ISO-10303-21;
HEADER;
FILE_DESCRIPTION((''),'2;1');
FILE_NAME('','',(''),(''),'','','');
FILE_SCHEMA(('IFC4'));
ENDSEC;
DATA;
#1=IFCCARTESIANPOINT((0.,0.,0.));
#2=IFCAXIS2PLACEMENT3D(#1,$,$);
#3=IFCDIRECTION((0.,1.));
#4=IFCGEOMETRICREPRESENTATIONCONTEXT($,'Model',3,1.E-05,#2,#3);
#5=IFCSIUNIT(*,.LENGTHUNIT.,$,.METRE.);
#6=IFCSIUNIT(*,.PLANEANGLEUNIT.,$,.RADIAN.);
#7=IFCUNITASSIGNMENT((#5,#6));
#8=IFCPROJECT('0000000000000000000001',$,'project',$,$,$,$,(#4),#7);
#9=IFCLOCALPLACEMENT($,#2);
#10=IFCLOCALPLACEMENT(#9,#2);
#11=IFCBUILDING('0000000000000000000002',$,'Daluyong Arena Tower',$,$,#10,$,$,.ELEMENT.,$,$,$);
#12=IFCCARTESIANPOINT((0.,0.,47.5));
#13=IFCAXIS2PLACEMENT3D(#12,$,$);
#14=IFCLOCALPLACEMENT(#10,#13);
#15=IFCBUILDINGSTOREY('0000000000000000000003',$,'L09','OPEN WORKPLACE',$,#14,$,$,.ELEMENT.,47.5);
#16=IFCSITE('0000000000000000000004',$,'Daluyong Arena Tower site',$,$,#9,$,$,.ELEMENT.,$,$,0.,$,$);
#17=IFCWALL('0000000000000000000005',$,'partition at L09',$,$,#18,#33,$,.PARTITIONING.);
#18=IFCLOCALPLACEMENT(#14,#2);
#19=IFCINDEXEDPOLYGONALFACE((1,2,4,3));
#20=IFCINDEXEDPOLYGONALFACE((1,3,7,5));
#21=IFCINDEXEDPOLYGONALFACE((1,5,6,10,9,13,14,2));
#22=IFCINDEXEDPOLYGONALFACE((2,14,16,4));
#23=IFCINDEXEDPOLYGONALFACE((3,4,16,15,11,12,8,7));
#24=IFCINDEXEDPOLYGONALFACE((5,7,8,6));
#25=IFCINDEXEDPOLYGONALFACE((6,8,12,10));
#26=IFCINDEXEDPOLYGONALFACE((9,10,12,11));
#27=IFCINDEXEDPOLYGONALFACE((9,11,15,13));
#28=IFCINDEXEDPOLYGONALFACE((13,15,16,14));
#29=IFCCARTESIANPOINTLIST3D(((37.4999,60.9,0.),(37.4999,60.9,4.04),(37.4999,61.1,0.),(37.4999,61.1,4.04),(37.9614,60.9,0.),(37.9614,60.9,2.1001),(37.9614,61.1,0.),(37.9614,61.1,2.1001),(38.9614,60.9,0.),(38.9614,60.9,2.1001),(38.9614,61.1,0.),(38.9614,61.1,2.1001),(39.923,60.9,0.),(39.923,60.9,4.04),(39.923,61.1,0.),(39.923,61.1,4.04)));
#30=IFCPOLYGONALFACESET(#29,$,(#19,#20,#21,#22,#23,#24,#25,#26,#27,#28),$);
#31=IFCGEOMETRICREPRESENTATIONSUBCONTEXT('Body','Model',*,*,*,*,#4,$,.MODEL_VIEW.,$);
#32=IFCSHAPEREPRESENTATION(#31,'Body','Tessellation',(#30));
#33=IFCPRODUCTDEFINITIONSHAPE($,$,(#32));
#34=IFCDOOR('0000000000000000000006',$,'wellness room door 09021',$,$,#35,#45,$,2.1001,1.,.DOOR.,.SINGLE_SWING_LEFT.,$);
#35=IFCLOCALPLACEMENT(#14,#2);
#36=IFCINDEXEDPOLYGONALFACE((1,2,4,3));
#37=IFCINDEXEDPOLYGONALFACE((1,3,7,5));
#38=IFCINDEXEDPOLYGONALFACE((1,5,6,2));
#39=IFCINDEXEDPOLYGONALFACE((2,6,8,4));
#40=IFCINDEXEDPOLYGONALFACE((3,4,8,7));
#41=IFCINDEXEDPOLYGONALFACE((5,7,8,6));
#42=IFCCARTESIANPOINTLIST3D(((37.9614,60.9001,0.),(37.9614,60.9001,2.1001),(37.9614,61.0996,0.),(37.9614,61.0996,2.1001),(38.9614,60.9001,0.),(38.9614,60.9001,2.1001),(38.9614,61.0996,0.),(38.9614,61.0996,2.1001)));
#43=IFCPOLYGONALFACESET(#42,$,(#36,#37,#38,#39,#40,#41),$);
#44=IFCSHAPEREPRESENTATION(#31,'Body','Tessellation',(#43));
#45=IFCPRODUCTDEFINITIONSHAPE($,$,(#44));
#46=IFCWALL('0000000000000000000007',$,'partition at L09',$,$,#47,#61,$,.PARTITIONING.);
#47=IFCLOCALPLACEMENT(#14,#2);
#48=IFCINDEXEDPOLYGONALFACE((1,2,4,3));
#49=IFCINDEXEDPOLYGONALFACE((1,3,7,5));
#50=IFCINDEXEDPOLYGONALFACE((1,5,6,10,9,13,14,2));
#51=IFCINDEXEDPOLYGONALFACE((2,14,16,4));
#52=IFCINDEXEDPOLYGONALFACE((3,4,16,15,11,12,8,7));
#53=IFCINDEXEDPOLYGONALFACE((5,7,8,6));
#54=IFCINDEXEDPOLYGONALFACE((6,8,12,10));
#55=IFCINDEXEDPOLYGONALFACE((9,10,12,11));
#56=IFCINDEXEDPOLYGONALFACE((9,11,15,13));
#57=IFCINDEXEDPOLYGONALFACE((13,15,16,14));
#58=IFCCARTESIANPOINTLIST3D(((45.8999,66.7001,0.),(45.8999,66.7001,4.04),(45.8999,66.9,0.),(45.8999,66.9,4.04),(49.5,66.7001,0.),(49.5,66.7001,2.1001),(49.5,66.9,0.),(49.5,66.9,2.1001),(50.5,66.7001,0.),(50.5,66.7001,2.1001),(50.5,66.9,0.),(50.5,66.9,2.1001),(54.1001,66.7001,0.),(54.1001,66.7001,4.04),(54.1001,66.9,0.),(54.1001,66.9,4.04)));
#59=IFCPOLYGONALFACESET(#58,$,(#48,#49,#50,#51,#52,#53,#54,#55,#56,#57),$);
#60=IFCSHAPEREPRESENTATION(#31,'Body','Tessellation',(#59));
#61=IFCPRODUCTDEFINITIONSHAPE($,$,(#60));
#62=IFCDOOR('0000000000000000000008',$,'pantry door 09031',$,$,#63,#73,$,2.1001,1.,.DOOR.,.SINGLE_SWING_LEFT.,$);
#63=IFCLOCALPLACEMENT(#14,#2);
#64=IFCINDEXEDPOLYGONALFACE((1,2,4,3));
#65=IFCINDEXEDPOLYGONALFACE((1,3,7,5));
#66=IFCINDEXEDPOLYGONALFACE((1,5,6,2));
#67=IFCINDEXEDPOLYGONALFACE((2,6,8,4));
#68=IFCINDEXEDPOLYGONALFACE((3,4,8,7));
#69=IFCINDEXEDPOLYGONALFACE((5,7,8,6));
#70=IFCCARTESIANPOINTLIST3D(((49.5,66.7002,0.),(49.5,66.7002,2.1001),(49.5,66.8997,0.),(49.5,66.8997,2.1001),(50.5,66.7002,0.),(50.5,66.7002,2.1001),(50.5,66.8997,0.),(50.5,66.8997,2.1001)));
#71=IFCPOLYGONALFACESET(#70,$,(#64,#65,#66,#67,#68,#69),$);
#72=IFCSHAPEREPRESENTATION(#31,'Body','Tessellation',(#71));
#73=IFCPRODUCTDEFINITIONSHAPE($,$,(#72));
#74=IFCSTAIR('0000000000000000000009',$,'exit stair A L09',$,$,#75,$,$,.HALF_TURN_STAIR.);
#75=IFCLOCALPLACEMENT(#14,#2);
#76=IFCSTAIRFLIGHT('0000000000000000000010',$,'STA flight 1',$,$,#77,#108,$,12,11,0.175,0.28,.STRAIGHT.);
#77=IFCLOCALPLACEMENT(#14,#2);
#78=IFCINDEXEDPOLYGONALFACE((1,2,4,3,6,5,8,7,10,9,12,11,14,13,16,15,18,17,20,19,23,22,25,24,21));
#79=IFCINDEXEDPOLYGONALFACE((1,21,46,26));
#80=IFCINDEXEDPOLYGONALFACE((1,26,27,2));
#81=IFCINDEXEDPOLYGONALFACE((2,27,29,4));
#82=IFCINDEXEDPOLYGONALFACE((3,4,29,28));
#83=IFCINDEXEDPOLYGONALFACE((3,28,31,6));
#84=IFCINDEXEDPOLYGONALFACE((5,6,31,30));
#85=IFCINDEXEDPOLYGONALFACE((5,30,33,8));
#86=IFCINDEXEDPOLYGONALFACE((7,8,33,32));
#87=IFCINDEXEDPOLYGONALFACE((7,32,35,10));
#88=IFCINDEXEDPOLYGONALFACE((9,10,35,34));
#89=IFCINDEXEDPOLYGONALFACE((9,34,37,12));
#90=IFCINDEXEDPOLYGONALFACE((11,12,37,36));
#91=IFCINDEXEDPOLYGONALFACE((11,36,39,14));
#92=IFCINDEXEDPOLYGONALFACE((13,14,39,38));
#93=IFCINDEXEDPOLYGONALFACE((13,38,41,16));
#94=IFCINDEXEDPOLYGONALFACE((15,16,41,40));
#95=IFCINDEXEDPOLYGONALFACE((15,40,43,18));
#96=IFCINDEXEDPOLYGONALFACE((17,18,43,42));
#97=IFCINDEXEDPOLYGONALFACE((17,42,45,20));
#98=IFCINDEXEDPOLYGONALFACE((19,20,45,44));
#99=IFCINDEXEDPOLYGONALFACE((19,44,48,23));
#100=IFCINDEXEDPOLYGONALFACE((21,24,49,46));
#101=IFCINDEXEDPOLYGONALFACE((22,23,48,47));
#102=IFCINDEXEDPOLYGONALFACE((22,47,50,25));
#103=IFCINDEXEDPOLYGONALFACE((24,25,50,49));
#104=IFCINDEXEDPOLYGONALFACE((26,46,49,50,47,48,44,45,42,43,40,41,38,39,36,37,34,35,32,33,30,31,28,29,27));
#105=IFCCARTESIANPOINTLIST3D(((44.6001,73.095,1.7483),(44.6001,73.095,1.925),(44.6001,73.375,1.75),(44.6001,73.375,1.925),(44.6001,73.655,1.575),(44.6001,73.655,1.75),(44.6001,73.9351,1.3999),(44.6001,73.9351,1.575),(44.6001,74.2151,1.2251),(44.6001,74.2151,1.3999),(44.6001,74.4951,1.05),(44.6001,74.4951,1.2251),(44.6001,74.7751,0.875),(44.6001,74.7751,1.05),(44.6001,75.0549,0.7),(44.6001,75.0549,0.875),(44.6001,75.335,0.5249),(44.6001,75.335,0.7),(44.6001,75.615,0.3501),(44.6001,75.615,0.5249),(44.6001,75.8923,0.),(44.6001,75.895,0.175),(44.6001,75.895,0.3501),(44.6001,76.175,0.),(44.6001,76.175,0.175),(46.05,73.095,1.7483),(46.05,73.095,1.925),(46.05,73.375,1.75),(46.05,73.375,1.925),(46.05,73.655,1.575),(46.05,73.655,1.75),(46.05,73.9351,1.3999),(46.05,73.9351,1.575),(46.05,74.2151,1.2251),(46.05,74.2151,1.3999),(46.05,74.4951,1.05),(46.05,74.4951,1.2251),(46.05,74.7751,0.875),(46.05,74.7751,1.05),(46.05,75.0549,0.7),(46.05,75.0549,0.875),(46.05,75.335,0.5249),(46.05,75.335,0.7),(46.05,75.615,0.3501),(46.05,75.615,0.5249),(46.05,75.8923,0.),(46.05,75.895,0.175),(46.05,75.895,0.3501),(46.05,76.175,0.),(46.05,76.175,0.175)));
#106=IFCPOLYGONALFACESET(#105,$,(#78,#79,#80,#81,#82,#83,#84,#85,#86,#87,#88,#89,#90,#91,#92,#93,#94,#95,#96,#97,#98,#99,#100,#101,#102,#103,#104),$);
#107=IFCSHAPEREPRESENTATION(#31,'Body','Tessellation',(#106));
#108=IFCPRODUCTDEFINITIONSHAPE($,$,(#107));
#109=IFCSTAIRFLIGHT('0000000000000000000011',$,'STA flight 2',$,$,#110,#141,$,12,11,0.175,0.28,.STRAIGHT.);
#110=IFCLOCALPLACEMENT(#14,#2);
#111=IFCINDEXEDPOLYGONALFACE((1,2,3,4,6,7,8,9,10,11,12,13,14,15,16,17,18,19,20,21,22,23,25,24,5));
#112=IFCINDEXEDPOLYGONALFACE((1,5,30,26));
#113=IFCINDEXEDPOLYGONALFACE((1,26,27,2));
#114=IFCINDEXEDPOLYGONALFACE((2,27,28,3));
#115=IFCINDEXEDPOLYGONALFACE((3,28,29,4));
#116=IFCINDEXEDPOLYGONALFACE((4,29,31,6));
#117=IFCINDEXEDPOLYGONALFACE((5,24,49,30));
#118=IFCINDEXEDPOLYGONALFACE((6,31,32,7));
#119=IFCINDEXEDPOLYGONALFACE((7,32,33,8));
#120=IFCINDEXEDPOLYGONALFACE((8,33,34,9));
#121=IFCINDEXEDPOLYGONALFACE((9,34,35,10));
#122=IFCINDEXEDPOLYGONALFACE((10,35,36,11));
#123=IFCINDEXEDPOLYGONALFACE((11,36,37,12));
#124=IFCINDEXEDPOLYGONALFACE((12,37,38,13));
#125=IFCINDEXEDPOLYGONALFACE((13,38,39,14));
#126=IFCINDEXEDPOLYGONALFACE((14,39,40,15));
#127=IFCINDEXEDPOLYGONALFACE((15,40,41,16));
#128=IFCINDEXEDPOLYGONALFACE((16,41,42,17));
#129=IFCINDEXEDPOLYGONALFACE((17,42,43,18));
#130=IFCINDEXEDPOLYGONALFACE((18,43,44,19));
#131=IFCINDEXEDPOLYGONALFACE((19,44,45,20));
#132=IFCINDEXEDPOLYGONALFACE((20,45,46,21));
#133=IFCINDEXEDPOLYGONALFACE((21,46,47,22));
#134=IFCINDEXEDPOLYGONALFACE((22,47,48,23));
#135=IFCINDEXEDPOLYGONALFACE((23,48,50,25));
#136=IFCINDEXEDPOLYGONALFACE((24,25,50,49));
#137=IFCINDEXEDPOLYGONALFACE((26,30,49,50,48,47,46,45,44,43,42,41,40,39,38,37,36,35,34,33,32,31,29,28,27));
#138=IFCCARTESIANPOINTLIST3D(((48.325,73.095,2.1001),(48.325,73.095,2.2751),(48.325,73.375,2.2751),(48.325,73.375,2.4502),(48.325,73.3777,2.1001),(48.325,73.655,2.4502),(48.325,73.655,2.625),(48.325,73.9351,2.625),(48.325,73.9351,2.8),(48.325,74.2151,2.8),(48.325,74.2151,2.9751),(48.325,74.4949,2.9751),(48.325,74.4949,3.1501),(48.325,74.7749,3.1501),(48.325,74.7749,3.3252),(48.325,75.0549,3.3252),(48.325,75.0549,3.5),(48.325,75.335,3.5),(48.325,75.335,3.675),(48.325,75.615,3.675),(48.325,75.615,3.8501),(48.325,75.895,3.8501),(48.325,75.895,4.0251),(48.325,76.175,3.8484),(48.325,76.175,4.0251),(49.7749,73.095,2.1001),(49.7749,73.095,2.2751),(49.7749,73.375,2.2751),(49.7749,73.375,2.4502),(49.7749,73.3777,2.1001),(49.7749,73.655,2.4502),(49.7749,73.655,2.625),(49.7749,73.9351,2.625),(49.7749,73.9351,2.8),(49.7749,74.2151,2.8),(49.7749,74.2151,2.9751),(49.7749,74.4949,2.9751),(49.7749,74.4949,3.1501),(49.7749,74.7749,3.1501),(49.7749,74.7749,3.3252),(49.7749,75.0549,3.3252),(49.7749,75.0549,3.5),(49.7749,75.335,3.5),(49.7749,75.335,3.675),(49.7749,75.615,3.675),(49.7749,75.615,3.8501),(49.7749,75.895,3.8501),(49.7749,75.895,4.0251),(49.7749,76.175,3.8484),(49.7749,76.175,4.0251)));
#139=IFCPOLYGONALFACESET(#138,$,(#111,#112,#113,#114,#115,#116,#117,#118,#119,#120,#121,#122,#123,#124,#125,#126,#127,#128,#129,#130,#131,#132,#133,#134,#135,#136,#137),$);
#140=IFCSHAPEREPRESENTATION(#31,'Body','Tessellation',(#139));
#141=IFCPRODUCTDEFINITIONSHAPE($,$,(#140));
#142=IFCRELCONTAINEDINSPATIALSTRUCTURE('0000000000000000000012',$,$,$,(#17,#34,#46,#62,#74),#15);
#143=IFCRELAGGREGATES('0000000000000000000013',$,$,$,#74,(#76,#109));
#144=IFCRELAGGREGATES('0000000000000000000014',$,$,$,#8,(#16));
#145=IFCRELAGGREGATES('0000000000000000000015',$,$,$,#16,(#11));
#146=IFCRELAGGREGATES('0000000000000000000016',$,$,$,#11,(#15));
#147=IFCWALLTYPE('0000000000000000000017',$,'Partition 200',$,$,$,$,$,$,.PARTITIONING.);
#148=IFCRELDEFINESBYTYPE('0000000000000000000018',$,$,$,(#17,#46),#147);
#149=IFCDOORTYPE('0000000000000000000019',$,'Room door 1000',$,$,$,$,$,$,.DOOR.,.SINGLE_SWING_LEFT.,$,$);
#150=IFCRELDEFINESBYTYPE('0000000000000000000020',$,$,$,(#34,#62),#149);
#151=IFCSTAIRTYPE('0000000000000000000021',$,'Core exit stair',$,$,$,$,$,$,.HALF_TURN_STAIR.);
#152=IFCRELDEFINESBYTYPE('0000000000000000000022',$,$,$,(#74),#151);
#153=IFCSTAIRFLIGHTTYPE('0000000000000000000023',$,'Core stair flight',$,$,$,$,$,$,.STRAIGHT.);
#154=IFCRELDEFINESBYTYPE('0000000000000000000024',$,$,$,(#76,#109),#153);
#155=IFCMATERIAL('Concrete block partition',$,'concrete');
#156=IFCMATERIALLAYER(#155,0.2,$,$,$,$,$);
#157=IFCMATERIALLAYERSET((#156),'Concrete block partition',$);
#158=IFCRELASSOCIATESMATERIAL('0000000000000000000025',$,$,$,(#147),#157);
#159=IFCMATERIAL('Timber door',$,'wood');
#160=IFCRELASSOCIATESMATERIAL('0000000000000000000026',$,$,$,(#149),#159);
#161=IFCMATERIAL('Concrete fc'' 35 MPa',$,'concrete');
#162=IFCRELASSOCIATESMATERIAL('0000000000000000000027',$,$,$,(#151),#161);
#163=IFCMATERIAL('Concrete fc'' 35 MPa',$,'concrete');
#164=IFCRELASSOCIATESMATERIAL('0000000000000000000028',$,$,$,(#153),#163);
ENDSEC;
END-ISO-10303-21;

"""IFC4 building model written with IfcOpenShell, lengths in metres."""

from ifc_helpers import new_model, si_unit, direction, frame, frame_2d, origin, place, context, subcontext, project, spatial, polyline, rectangle, outline, extrude, material, layer, layer_set, type_object, element, fill, aggregate, save


model = new_model("IFC4")

# Units and contexts
model_context = context("Model", 3, precision=1e-05, world=origin(), true_north=direction((0.0, 1.0)))
body_context = subcontext(model_context, "Body", "Model", "MODEL_VIEW")
ifc_project = project(units=[si_unit("LENGTHUNIT", "METRE"), si_unit("PLANEANGLEUNIT", "RADIAN")], contexts=[model_context])

# Site, building, storey
site_placement = place(None, origin())
site = spatial("IfcSite", under=ifc_project, at=site_placement, Name="Daluyong Arena Tower site", CompositionType="ELEMENT", RefElevation=0.0)
building_placement = place(site_placement, origin())
building = spatial("IfcBuilding", under=site, at=building_placement, Name="Daluyong Arena Tower", CompositionType="ELEMENT")
storey_placement = place(building_placement, frame((0.0, 0.0, 47.5)))
storey = spatial("IfcBuildingStorey", under=building, at=storey_placement, Name="L09", Description="OPEN WORKPLACE", CompositionType="ELEMENT", Elevation=47.5)

# Shared definitions
ifc_material_1 = material(Name="Concrete block partition", Category="concrete")
ifc_layer_1 = layer(ifc_material_1, 0.2)
ifc_layer_set_1 = layer_set([ifc_layer_1], Name="Concrete block partition")
wall_type_1 = type_object("IfcWallType", Name="Partition 200", PredefinedType="PARTITIONING", material=ifc_layer_set_1)

# Walls, openings, doors
wall_1_placement = place(storey_placement, frame((37.5, 61.0, 0.0), z_axis=(0.0, 0.0, 1.0), x_axis=(1.0, 0.0, 0.0)))
wall_1 = element("IfcWall", 1, at=wall_1_placement, inside=storey, type_object=wall_type_1, Name="partition at L09", PredefinedType="PARTITIONING", context=body_context, shape_type="SweptSolid", body=[
    extrude(rectangle(XDim=2.4231, YDim=0.2, at=frame_2d((1.2114, 0.0))), origin(), (0.0, 0.0, 1.0), 4.04),
])
opening_1_placement = place(wall_1_placement, frame((0.4614, 0.0, 0.0)))
opening_1 = element("IfcOpeningElement", 2, at=opening_1_placement, cuts=wall_1, PredefinedType="OPENING", context=body_context, shape_type="SweptSolid", body=[
    extrude(rectangle(XDim=1.0, YDim=2.1001, at=frame_2d((0.5, 1.05))), frame((0.0, 0.1099, 0.0), z_axis=(0.0, -1.0, 0.0), x_axis=(1.0, 0.0, 0.0)), (0.0, 0.0, 1.0), 0.22),
])
ifc_material_2 = material(Name="Timber door", Category="wood")
door_type_1 = type_object("IfcDoorType", Name="Room door 1000", OperationType="SINGLE_SWING_LEFT", PredefinedType="DOOR", material=ifc_material_2)
door_1_placement = place(opening_1_placement, origin())
door_1 = element("IfcDoor", 3, at=door_1_placement, inside=storey, type_object=door_type_1, Name="wellness room door 09021", OperationType="SINGLE_SWING_LEFT", OverallHeight=2.1001, OverallWidth=1.0, PredefinedType="DOOR", context=body_context, shape_type="SweptSolid", body=[
    extrude(rectangle(XDim=1.0, YDim=2.1001, at=frame_2d((0.5, 1.05))), frame((0.0, 0.0996, 0.0), z_axis=(0.0, -1.0, 0.0), x_axis=(1.0, 0.0, 0.0)), (0.0, 0.0, 1.0), 0.1995),
])
fill(opening_1, door_1)
wall_2_placement = place(storey_placement, frame((45.8999, 66.8, 0.0), z_axis=(0.0, 0.0, 1.0), x_axis=(1.0, 0.0, 0.0)))
wall_2 = element("IfcWall", 4, at=wall_2_placement, inside=storey, type_object=wall_type_1, Name="partition at L09", PredefinedType="PARTITIONING", context=body_context, shape_type="SweptSolid", body=[
    extrude(rectangle(XDim=8.2002, YDim=0.2, at=frame_2d((4.1001, 0.0))), origin(), (0.0, 0.0, 1.0), 4.04),
])
opening_2_placement = place(wall_2_placement, frame((3.6001, 0.0, 0.0)))
opening_2 = element("IfcOpeningElement", 5, at=opening_2_placement, cuts=wall_2, PredefinedType="OPENING", context=body_context, shape_type="SweptSolid", body=[
    extrude(rectangle(XDim=1.0, YDim=2.1001, at=frame_2d((0.5, 1.05))), frame((0.0, 0.1099, 0.0), z_axis=(0.0, -1.0, 0.0), x_axis=(1.0, 0.0, 0.0)), (0.0, 0.0, 1.0), 0.22),
])
door_2_placement = place(opening_2_placement, origin())
door_2 = element("IfcDoor", 6, at=door_2_placement, inside=storey, type_object=door_type_1, Name="pantry door 09031", OperationType="SINGLE_SWING_LEFT", OverallHeight=2.1001, OverallWidth=1.0, PredefinedType="DOOR", context=body_context, shape_type="SweptSolid", body=[
    extrude(rectangle(XDim=1.0, YDim=2.1001, at=frame_2d((0.5, 1.05))), frame((0.0, 0.0996, 0.0), z_axis=(0.0, -1.0, 0.0), x_axis=(1.0, 0.0, 0.0)), (0.0, 0.0, 1.0), 0.1995),
])
fill(opening_2, door_2)

# Stair, stair flights
ifc_material_3 = material(Name="Concrete fc' 35 MPa", Category="concrete")
stair_type = type_object("IfcStairType", Name="Core exit stair", PredefinedType="HALF_TURN_STAIR", material=ifc_material_3)
stair_placement = place(storey_placement, origin())
stair = element("IfcStair", 7, at=stair_placement, inside=storey, type_object=stair_type, Name="exit stair A L09", PredefinedType="HALF_TURN_STAIR")
ifc_material_4 = material(Name="Concrete fc' 35 MPa", Category="concrete")
stair_flight_type = type_object("IfcStairFlightType", Name="Core stair flight", PredefinedType="STRAIGHT", material=ifc_material_4)
stair_flight_1_placement = place(storey_placement, frame((45.325, 76.175, 0.0), z_axis=(0.0, 0.0, 1.0), x_axis=(0.0, -1.0, 0.0)))
stair_flight_1 = element("IfcStairFlight", 8, at=stair_flight_1_placement, type_object=stair_flight_type, Name="STA flight 1", NumberOfRisers=12, NumberOfTreads=11, PredefinedType="STRAIGHT", RiserHeight=0.175, TreadLength=0.28, context=body_context, shape_type="SweptSolid", body=[
    extrude(outline(polyline([(0.0, 0.0), (0.0, 0.175), (0.28, 0.175), (0.28, 0.3501), (0.5601, 0.3501), (0.5601, 0.5249), (0.8401, 0.5249), (0.8401, 0.7), (1.1201, 0.7), (1.1201, 0.875), (1.3999, 0.875), (1.3999, 1.05), (1.6799, 1.05), (1.6799, 1.2251), (1.96, 1.2251), (1.96, 1.3999), (2.24, 1.3999), (2.24, 1.575), (2.52, 1.575), (2.52, 1.75), (2.8, 1.75), (2.8, 1.925), (3.0801, 1.925), (3.0801, 2.1001), (3.0801, 1.7483), (0.2827, 0.0), (0.0, 0.0)])), frame((0.0, 0.7251, 0.0), z_axis=(0.0, -1.0, 0.0), x_axis=(1.0, 0.0, 0.0)), (0.0, 0.0, 1.0), 1.45),
])
stair_flight_2_placement = place(storey_placement, frame((49.05, 73.095, 2.1001), z_axis=(0.0, 0.0, 1.0), x_axis=(0.0, 1.0, 0.0)))
stair_flight_2 = element("IfcStairFlight", 9, at=stair_flight_2_placement, type_object=stair_flight_type, Name="STA flight 2", NumberOfRisers=12, NumberOfTreads=11, PredefinedType="STRAIGHT", RiserHeight=0.175, TreadLength=0.28, context=body_context, shape_type="SweptSolid", body=[
    extrude(outline(polyline([(0.0, 0.0), (0.0, 0.175), (0.28, 0.175), (0.28, 0.3501), (0.5601, 0.3501), (0.5601, 0.5249), (0.8401, 0.5249), (0.8401, 0.7), (1.1201, 0.7), (1.1201, 0.875), (1.3999, 0.875), (1.3999, 1.05), (1.6799, 1.05), (1.6799, 1.2251), (1.96, 1.2251), (1.96, 1.3999), (2.24, 1.3999), (2.24, 1.575), (2.52, 1.575), (2.52, 1.75), (2.8, 1.75), (2.8, 1.925), (3.0801, 1.925), (3.0801, 2.1001), (3.0801, 1.7483), (0.2827, 0.0), (0.0, 0.0)])), frame((0.0, 0.7251, 0.0), z_axis=(0.0, -1.0, 0.0), x_axis=(1.0, 0.0, 0.0)), (0.0, 0.0, 1.0), 1.45),
])
aggregate(stair, [stair_flight_1, stair_flight_2])

save(model, "model.ifc")
